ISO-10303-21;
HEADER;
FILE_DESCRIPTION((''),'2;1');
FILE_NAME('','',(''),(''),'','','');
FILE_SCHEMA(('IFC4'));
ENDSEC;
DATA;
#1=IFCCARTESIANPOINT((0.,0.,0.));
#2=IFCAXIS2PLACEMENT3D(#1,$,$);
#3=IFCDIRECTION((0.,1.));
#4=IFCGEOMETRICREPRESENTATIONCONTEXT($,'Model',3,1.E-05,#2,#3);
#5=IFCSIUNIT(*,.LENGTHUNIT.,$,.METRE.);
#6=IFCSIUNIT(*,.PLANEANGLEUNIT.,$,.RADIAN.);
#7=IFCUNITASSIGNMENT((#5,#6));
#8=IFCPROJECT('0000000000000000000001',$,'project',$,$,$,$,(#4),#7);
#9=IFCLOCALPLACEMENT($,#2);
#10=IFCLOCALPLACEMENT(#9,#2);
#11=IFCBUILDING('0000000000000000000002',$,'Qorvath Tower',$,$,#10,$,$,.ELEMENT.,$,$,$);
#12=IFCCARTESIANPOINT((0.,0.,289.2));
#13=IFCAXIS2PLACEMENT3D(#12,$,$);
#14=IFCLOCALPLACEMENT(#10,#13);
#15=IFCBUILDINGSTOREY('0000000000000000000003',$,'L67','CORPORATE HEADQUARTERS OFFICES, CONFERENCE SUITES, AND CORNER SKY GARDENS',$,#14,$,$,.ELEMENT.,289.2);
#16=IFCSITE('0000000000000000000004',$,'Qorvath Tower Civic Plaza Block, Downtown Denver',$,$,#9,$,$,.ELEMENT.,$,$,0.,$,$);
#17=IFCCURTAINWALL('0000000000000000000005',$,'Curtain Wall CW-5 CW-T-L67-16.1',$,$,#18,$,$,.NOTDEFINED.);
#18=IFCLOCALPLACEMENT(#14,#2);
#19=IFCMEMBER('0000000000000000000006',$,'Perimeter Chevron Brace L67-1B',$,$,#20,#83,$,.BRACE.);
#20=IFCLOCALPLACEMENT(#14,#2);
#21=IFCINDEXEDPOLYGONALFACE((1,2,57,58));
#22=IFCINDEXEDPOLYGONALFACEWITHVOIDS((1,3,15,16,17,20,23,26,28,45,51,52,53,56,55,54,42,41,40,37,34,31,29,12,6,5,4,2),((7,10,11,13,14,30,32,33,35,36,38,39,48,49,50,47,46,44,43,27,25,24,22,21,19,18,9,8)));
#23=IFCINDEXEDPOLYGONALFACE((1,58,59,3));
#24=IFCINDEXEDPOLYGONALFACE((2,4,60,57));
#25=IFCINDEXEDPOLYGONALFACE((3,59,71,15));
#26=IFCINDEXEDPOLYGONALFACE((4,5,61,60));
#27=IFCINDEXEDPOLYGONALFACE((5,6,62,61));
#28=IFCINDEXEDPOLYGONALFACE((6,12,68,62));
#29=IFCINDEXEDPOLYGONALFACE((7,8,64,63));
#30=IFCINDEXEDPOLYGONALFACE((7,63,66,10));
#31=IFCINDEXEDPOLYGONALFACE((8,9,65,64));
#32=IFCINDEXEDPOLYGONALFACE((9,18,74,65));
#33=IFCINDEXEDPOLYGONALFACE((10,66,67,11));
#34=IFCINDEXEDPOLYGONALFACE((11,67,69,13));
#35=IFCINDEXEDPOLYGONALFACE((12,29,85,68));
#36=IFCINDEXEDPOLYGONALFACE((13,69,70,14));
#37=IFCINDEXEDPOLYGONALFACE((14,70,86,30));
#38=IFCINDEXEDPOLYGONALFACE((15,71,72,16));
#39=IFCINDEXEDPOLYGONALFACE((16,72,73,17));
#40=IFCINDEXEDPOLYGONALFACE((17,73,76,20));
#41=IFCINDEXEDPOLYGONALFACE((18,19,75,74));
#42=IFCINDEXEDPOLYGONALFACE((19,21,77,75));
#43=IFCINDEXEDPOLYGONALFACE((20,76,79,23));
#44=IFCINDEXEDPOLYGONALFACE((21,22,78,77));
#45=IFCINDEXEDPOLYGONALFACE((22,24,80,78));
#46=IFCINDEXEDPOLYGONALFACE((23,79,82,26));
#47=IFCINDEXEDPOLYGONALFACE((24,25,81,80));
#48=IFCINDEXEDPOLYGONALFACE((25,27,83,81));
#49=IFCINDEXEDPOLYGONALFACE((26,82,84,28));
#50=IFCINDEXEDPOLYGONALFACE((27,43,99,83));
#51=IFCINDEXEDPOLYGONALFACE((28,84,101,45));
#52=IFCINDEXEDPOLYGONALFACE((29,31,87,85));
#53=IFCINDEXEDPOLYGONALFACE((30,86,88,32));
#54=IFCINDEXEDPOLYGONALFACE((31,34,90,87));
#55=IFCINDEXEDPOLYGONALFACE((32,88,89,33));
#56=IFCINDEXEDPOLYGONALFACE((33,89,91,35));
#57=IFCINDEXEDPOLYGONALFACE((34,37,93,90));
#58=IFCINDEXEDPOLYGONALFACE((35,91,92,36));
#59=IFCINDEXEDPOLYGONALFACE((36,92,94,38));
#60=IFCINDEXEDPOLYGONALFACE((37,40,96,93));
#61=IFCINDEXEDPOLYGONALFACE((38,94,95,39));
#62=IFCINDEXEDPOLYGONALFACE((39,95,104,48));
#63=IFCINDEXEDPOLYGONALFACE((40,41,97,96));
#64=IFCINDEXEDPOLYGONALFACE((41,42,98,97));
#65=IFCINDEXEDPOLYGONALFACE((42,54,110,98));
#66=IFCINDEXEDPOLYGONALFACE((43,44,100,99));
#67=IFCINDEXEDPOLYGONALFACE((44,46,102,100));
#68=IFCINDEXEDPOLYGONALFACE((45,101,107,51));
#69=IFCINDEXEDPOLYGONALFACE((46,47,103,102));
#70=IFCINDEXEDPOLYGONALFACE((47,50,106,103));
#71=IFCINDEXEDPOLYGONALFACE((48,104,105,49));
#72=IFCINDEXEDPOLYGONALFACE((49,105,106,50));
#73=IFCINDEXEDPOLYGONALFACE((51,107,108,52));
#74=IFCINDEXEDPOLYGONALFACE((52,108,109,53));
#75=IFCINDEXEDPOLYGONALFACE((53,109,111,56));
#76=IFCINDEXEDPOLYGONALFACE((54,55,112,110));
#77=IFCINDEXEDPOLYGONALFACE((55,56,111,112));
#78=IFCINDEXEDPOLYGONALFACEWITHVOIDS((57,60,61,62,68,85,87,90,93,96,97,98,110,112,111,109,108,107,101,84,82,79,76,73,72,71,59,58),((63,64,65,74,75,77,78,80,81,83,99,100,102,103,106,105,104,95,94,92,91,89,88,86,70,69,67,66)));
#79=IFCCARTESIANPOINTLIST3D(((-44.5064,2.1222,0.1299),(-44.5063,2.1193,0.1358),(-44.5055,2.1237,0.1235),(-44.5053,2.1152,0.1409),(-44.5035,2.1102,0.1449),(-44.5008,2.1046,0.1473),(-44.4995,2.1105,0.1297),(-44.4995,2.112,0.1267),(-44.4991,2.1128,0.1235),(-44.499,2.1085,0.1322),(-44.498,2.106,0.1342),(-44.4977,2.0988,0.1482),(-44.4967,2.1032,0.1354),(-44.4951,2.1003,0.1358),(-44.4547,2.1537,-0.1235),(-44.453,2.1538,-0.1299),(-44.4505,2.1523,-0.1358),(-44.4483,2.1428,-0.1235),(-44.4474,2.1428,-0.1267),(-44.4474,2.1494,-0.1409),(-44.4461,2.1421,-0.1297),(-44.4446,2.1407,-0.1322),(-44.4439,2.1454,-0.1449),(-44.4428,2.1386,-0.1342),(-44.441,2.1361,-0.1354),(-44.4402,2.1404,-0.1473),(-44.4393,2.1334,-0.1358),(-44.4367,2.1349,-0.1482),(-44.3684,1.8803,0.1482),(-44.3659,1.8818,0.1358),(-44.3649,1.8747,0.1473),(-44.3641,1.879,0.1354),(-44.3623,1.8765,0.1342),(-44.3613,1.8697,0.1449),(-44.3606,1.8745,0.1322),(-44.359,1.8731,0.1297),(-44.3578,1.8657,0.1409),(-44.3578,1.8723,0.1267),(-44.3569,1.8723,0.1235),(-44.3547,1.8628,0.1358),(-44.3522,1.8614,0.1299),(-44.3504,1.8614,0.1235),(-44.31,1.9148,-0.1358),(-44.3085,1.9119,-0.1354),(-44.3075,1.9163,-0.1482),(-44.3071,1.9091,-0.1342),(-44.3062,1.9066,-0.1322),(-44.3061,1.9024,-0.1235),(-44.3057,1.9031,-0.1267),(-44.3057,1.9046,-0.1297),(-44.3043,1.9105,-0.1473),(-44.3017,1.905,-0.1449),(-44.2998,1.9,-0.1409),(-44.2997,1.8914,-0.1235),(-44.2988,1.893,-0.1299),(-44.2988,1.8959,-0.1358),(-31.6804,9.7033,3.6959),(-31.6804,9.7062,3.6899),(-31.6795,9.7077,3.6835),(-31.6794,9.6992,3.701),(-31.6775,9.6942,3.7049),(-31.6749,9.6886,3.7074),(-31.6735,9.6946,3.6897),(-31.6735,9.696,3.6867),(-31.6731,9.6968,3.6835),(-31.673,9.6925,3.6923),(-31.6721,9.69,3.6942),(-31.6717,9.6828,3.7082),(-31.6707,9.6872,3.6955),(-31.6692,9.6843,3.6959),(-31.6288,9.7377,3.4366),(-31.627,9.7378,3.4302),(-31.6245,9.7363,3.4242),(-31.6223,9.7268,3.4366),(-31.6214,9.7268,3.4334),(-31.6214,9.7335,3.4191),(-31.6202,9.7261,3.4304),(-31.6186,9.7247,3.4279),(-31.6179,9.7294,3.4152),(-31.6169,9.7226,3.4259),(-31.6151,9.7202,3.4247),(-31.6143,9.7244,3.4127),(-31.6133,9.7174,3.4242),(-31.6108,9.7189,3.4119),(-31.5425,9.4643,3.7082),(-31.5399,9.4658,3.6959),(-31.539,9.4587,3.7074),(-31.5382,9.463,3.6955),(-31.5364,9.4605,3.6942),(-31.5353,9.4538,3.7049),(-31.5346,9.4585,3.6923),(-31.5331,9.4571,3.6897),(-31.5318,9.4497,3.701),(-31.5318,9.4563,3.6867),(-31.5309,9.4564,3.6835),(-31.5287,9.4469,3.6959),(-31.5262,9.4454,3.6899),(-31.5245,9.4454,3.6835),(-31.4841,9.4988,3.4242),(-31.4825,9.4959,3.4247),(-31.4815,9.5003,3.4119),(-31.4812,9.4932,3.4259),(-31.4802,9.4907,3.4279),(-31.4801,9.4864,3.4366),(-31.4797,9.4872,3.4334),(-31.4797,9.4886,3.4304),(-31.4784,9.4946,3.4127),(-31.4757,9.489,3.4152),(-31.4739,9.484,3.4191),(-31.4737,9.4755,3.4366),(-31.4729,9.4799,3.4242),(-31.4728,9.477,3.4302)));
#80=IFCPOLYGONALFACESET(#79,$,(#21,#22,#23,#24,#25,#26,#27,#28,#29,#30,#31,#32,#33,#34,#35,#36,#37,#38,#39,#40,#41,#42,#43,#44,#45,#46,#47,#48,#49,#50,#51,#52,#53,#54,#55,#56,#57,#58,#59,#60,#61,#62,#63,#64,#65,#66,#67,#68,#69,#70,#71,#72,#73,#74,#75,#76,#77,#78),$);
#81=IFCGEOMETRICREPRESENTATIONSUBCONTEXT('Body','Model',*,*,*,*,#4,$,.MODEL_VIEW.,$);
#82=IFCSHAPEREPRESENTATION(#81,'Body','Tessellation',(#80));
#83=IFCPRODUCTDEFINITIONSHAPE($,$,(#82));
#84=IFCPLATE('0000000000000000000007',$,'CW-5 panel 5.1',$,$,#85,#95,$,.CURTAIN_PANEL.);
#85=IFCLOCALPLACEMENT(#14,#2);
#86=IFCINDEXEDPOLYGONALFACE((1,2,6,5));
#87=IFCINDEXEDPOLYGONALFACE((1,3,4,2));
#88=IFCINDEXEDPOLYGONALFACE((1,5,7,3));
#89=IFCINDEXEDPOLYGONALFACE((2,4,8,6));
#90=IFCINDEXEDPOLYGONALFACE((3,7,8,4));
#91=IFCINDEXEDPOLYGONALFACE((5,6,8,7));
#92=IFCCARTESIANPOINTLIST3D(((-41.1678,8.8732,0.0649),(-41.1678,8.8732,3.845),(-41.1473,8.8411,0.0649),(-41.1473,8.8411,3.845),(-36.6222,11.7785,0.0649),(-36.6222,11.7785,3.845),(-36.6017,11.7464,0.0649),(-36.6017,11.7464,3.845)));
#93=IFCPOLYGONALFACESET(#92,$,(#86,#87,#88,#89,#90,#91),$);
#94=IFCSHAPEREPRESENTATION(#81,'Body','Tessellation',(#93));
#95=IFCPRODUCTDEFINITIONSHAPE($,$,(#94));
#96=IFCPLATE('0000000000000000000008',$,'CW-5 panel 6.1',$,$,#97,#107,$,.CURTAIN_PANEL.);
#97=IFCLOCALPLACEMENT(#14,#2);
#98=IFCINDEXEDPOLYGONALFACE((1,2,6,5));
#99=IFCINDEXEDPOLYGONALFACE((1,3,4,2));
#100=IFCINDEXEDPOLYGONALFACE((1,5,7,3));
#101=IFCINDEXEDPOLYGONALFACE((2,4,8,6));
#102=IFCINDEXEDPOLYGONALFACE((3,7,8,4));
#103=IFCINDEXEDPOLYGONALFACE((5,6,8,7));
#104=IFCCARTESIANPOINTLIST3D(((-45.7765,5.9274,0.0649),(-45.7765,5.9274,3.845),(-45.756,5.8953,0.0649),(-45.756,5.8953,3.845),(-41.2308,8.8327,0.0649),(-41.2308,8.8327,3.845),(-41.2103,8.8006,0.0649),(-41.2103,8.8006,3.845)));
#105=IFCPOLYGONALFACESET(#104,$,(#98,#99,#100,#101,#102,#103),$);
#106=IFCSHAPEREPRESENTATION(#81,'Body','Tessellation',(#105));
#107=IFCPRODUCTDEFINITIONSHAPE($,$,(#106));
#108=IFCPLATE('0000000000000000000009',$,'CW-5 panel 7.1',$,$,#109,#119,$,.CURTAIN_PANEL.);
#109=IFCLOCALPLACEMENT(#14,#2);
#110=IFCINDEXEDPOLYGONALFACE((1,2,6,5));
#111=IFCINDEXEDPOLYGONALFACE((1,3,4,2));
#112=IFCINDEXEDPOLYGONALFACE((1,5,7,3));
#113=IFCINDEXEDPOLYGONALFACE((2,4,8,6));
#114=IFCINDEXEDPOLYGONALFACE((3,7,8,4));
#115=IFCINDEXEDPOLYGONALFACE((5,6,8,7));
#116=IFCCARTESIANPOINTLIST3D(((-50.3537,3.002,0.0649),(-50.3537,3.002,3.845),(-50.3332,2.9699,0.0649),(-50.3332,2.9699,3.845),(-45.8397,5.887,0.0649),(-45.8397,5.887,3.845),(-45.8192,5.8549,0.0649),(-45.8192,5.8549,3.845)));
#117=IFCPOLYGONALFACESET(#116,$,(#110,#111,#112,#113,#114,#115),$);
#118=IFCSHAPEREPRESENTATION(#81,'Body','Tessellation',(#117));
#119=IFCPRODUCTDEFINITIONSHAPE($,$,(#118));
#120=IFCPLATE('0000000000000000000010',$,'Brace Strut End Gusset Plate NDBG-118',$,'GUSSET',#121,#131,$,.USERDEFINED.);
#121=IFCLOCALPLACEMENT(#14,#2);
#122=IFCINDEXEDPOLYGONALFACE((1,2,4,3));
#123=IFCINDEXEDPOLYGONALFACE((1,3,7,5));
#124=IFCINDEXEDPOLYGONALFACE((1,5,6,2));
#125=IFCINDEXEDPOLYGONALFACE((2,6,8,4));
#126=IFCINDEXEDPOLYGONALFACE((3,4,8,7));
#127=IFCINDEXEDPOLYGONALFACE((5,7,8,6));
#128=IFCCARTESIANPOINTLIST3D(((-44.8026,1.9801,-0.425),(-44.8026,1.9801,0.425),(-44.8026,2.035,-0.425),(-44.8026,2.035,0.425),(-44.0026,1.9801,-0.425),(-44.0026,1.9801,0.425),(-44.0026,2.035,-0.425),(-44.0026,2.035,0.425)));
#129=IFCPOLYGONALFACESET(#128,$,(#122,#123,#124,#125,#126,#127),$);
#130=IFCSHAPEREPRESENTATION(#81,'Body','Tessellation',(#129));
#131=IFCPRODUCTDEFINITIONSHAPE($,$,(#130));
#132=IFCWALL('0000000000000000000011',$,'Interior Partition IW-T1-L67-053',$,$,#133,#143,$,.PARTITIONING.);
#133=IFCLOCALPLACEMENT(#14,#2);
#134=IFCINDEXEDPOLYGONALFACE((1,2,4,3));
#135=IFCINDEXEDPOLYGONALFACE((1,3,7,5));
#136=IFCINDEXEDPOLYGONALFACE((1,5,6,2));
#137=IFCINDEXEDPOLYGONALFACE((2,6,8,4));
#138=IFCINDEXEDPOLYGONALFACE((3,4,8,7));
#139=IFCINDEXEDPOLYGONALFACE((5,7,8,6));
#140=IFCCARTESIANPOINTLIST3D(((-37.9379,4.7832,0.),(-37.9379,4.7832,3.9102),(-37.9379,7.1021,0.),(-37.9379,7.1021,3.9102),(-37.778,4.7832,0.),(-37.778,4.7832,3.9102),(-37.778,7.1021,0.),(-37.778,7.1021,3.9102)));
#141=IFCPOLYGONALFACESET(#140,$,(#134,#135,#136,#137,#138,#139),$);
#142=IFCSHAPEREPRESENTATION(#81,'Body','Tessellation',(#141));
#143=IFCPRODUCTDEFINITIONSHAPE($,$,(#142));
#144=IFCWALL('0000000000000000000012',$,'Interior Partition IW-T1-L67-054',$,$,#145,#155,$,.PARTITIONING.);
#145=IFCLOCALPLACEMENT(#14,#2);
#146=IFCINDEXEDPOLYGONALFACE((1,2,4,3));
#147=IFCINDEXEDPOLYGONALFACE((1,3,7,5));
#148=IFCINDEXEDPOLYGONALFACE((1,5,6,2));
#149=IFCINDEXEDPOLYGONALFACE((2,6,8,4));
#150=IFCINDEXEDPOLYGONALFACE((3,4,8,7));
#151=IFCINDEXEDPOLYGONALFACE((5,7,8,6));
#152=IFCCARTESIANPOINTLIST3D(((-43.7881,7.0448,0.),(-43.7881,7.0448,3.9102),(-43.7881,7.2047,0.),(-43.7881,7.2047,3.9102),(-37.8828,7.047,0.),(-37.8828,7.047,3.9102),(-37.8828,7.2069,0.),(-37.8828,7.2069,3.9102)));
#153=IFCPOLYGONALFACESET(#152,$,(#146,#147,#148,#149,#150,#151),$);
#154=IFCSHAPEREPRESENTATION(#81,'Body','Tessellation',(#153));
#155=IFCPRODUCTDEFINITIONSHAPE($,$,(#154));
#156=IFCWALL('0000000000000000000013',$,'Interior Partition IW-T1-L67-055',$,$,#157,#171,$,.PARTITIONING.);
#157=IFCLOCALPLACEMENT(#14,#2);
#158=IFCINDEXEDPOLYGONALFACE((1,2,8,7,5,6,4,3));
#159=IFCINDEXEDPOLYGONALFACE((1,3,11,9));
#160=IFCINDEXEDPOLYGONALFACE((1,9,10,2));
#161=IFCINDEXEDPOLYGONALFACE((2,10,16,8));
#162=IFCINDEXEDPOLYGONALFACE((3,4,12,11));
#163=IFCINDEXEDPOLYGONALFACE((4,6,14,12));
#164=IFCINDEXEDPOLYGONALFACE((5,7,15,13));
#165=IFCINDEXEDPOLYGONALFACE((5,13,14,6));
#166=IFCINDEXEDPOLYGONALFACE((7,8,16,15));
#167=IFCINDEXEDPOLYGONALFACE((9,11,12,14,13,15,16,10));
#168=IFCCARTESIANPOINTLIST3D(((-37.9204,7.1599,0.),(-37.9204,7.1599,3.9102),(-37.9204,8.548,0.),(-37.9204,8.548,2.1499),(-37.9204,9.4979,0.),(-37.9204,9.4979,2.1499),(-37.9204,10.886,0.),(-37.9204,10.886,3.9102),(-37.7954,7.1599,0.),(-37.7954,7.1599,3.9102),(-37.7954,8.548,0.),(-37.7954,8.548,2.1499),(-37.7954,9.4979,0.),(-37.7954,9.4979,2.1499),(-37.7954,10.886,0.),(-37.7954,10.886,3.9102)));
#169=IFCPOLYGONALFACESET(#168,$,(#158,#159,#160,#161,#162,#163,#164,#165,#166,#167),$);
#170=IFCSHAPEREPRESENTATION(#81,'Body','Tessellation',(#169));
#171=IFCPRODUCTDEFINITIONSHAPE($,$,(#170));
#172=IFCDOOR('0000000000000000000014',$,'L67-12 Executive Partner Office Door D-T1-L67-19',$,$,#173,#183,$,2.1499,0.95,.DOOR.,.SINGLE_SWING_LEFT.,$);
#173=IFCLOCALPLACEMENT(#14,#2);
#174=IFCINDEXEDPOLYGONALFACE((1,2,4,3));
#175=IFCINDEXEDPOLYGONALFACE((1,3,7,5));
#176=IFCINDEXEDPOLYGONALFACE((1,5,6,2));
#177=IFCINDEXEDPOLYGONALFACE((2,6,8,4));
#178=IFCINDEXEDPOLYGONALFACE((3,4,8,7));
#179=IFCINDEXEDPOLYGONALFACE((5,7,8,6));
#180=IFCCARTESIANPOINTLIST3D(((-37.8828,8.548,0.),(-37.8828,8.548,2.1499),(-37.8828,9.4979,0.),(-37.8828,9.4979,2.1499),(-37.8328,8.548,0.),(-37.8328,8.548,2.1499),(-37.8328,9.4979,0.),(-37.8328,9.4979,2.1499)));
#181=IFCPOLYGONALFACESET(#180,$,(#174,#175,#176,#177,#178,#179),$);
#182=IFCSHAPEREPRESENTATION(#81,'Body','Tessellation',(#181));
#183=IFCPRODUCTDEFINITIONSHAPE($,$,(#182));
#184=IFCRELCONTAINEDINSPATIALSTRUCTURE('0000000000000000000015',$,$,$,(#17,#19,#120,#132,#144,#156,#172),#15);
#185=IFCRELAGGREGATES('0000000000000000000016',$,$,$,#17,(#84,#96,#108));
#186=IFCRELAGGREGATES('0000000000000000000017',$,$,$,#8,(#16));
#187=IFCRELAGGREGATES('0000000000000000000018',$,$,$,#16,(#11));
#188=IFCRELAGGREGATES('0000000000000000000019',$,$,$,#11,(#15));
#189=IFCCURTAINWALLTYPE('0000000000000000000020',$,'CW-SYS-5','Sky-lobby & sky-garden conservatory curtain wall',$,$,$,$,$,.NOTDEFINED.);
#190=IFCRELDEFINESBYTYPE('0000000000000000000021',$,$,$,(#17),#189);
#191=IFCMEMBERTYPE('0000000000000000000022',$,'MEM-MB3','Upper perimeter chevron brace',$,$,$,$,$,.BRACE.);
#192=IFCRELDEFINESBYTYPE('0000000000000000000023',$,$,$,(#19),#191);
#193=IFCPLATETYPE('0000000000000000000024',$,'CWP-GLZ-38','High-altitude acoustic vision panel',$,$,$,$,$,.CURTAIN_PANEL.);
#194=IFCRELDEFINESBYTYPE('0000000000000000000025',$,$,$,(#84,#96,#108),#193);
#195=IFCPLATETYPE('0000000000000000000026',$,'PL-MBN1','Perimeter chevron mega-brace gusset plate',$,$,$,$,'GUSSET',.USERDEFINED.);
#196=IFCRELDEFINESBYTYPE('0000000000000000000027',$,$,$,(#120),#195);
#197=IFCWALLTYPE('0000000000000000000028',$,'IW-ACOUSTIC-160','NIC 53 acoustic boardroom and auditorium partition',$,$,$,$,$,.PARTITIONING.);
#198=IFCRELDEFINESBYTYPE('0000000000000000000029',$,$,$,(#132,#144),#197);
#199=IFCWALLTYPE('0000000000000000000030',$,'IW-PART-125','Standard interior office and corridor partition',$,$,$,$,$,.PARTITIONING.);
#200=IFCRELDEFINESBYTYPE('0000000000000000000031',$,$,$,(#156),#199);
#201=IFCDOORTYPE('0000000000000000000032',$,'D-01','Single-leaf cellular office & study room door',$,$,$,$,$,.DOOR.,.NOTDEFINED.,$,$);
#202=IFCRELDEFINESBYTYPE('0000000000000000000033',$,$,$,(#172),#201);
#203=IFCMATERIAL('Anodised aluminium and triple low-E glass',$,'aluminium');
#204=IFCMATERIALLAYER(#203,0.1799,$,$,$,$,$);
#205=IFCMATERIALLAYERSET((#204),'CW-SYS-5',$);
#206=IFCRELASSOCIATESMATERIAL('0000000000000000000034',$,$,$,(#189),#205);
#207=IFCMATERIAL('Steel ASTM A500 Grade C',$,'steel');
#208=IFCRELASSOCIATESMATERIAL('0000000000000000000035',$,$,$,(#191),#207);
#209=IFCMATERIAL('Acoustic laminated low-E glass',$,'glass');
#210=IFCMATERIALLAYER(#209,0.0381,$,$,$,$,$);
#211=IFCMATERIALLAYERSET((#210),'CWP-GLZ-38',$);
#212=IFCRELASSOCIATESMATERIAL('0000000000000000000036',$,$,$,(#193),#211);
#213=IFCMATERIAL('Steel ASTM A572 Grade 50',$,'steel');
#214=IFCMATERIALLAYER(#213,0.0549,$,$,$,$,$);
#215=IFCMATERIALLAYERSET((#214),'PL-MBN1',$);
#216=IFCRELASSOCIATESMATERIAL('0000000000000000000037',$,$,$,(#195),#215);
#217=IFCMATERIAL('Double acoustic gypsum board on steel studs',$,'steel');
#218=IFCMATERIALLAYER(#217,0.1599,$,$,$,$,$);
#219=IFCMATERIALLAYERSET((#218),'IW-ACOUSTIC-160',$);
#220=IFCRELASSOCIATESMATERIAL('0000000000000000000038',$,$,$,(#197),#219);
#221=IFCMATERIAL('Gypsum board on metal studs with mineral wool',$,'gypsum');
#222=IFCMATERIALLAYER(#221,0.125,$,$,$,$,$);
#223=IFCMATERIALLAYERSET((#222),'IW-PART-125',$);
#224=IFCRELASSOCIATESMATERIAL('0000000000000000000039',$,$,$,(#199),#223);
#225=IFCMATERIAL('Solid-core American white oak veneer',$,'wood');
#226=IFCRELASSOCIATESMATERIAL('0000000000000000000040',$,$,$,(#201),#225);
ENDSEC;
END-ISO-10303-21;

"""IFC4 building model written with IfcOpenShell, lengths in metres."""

from ifc_helpers import new_model, si_unit, direction, frame, frame_2d, origin, origin_2d, place, context, subcontext, project, spatial, rectangle, hollow_rectangle, extrude, material, layer, layer_set, material_profile, profile_set, type_object, element, fill, aggregate, save


model = new_model("IFC4")

# Units and contexts
model_context = context("Model", 3, precision=1e-05, world=origin(), true_north=direction((0.0, 1.0)))
body_context = subcontext(model_context, "Body", "Model", "MODEL_VIEW")
ifc_project = project(units=[si_unit("LENGTHUNIT", "METRE"), si_unit("PLANEANGLEUNIT", "RADIAN")], contexts=[model_context])

# Site, building, storey
site_placement = place(None, origin())
site = spatial("IfcSite", under=ifc_project, at=site_placement, Name="Qorvath Tower Civic Plaza Block, Downtown Denver", CompositionType="ELEMENT", RefElevation=0.0)
building_placement = place(site_placement, origin())
building = spatial("IfcBuilding", under=site, at=building_placement, Name="Qorvath Tower", CompositionType="ELEMENT")
storey_placement = place(building_placement, frame((0.0, 0.0, 289.2)))
storey = spatial("IfcBuildingStorey", under=building, at=storey_placement, Name="L67", Description="CORPORATE HEADQUARTERS OFFICES, CONFERENCE SUITES, AND CORNER SKY GARDENS", CompositionType="ELEMENT", Elevation=289.2)

# Curtain wall
ifc_material_1 = material(Name="Anodised aluminium and triple low-E glass", Category="aluminium")
ifc_layer_1 = layer(ifc_material_1, 0.1799)
ifc_layer_set_1 = layer_set([ifc_layer_1], Name="CW-SYS-5")
curtain_wall_type = type_object("IfcCurtainWallType", Name="CW-SYS-5", Description="Sky-lobby & sky-garden conservatory curtain wall", PredefinedType="NOTDEFINED", material=ifc_layer_set_1)
curtain_wall_placement = place(storey_placement, origin())
curtain_wall = element("IfcCurtainWall", 1, at=curtain_wall_placement, inside=storey, type_object=curtain_wall_type, Name="Curtain Wall CW-5 CW-T-L67-16.1", PredefinedType="NOTDEFINED")

# Member
ifc_material_2 = material(Name="Steel ASTM A500 Grade C", Category="steel")
ifc_material_profile_1 = material_profile(ifc_material_2, hollow_rectangle(XDim=0.3047, YDim=0.3047, WallThickness=0.0127, InnerFilletRadius=0.0127, OuterFilletRadius=0.0254, at=origin_2d()), Name="HSS 305x305x12.7")
ifc_profile_set_1 = profile_set([ifc_material_profile_1], Name="Steel ASTM A500 Grade C")
member_type_1 = type_object("IfcMemberType", Name="MEM-MB3", Description="Upper perimeter chevron brace", PredefinedType="BRACE", material=ifc_profile_set_1)
member_1_placement = place(storey_placement, frame((-44.4026, 2.0076, 0.0), z_axis=(0.837214, 0.495046, 0.232383), x_axis=(-0.508979, 0.860779, 0.0)))
element("IfcMember", 2, at=member_1_placement, inside=storey, type_object=member_type_1, Name="Perimeter Chevron Brace L67-1B", PredefinedType="BRACE", context=body_context, shape_type="SweptSolid", body=[
    extrude(hollow_rectangle(XDim=0.3047, YDim=0.3047, WallThickness=0.0127, InnerFilletRadius=0.0127, OuterFilletRadius=0.0254, at=origin_2d()), origin(), (0.0, 0.0, 1.0), 15.3198),
])

# Plates
ifc_material_3 = material(Name="Acoustic laminated low-E glass", Category="glass")
ifc_layer_2 = layer(ifc_material_3, 0.0381)
ifc_layer_set_2 = layer_set([ifc_layer_2], Name="CWP-GLZ-38")
plate_type_1 = type_object("IfcPlateType", Name="CWP-GLZ-38", Description="High-altitude acoustic vision panel", PredefinedType="CURTAIN_PANEL", material=ifc_layer_set_2)
plate_1_placement = place(storey_placement, frame((-38.8848, 10.3098, 0.0649), z_axis=(0.0, 0.0, 1.0), x_axis=(-0.842602, -0.538537, 0.0)))
plate_1 = element("IfcPlate", 3, at=plate_1_placement, type_object=plate_type_1, Name="CW-5 panel 5.1", PredefinedType="CURTAIN_PANEL", context=body_context, shape_type="SweptSolid", body=[
    extrude(rectangle(XDim=5.3948, YDim=0.0381, at=origin_2d()), origin(), (0.0, 0.0, 1.0), 3.78),
])
plate_2_placement = place(storey_placement, frame((-43.4934, 7.364, 0.0649), z_axis=(0.0, 0.0, 1.0), x_axis=(-0.842602, -0.538537, 0.0)))
plate_2 = element("IfcPlate", 4, at=plate_2_placement, type_object=plate_type_1, Name="CW-5 panel 6.1", PredefinedType="CURTAIN_PANEL", context=body_context, shape_type="SweptSolid", body=[
    extrude(rectangle(XDim=5.3948, YDim=0.0381, at=origin_2d()), origin(), (0.0, 0.0, 1.0), 3.78),
])
plate_3_placement = place(storey_placement, frame((-48.0864, 4.4285, 0.0649), z_axis=(0.0, 0.0, 1.0), x_axis=(-0.842602, -0.538537, 0.0)))
plate_3 = element("IfcPlate", 5, at=plate_3_placement, type_object=plate_type_1, Name="CW-5 panel 7.1", PredefinedType="CURTAIN_PANEL", context=body_context, shape_type="SweptSolid", body=[
    extrude(rectangle(XDim=5.3572, YDim=0.0381, at=origin_2d()), origin(), (0.0, 0.0, 1.0), 3.78),
])
aggregate(curtain_wall, [plate_1, plate_2, plate_3])
ifc_material_4 = material(Name="Steel ASTM A572 Grade 50", Category="steel")
ifc_layer_3 = layer(ifc_material_4, 0.0549)
ifc_layer_set_3 = layer_set([ifc_layer_3], Name="PL-MBN1")
plate_type_2 = type_object("IfcPlateType", Name="PL-MBN1", Description="Perimeter chevron mega-brace gusset plate", ElementType="GUSSET", PredefinedType="USERDEFINED", material=ifc_layer_set_3)
plate_4_placement = place(storey_placement, frame((-44.4026, 2.0076, -0.425), z_axis=(0.0, 0.0, 1.0), x_axis=(1.0, 0.0, 0.0)))
element("IfcPlate", 6, at=plate_4_placement, inside=storey, type_object=plate_type_2, Name="Brace Strut End Gusset Plate NDBG-118", ObjectType="GUSSET", PredefinedType="USERDEFINED", context=body_context, shape_type="SweptSolid", body=[
    extrude(rectangle(XDim=0.8, YDim=0.0549, at=origin_2d()), origin(), (0.0, 0.0, 1.0), 0.8501),
])

# Walls
ifc_material_5 = material(Name="Double acoustic gypsum board on steel studs", Category="steel")
ifc_layer_4 = layer(ifc_material_5, 0.1599)
ifc_layer_set_4 = layer_set([ifc_layer_4], Name="IW-ACOUSTIC-160")
wall_type_1 = type_object("IfcWallType", Name="IW-ACOUSTIC-160", Description="NIC 53 acoustic boardroom and auditorium partition", PredefinedType="PARTITIONING", material=ifc_layer_set_4)
wall_1_placement = place(storey_placement, frame((-37.8579, 4.7832, 0.0), z_axis=(0.0, 0.0, 1.0), x_axis=(0.0, 1.0, 0.0)))
element("IfcWall", 7, at=wall_1_placement, inside=storey, type_object=wall_type_1, Name="Interior Partition IW-T1-L67-053", PredefinedType="PARTITIONING", context=body_context, shape_type="SweptSolid", body=[
    extrude(rectangle(XDim=2.3188, YDim=0.1599, at=frame_2d((1.1594, 0.0))), origin(), (0.0, 0.0, 1.0), 3.9102),
])
wall_2_placement = place(storey_placement, frame((-37.8828, 7.127, 0.0), z_axis=(0.0, 0.0, 1.0), x_axis=(-1.0, -0.000372, 0.0)))
element("IfcWall", 8, at=wall_2_placement, inside=storey, type_object=wall_type_1, Name="Interior Partition IW-T1-L67-054", PredefinedType="PARTITIONING", context=body_context, shape_type="SweptSolid", body=[
    extrude(rectangle(XDim=5.9053, YDim=0.1599, at=frame_2d((2.9526, 0.0))), origin(), (0.0, 0.0, 1.0), 3.9102),
])

# Wall, opening, door
ifc_material_6 = material(Name="Gypsum board on metal studs with mineral wool", Category="gypsum")
ifc_layer_5 = layer(ifc_material_6, 0.125)
ifc_layer_set_5 = layer_set([ifc_layer_5], Name="IW-PART-125")
wall_type_2 = type_object("IfcWallType", Name="IW-PART-125", Description="Standard interior office and corridor partition", PredefinedType="PARTITIONING", material=ifc_layer_set_5)
wall_3_placement = place(storey_placement, frame((-37.8579, 7.1599, 0.0), z_axis=(0.0, 0.0, 1.0), x_axis=(0.0, 1.0, 0.0)))
wall_3 = element("IfcWall", 9, at=wall_3_placement, inside=storey, type_object=wall_type_2, Name="Interior Partition IW-T1-L67-055", PredefinedType="PARTITIONING", context=body_context, shape_type="SweptSolid", body=[
    extrude(rectangle(XDim=3.7261, YDim=0.125, at=frame_2d((1.863, 0.0))), origin(), (0.0, 0.0, 1.0), 3.9102),
])
opening_placement = place(wall_3_placement, frame((1.3879, 0.0, 0.0)))
opening = element("IfcOpeningElement", 10, at=opening_placement, cuts=wall_3, PredefinedType="OPENING", context=body_context, shape_type="SweptSolid", body=[
    extrude(rectangle(XDim=0.95, YDim=2.1499, at=frame_2d((0.4751, 1.075))), frame((0.0, 0.0725, 0.0), z_axis=(0.0, -1.0, 0.0), x_axis=(1.0, 0.0, 0.0)), (0.0, 0.0, 1.0), 0.145),
])
ifc_material_7 = material(Name="Solid-core American white oak veneer", Category="wood")
door_type = type_object("IfcDoorType", Name="D-01", Description="Single-leaf cellular office & study room door", OperationType="NOTDEFINED", PredefinedType="DOOR", material=ifc_material_7)
door_placement = place(opening_placement, origin())
door = element("IfcDoor", 11, at=door_placement, inside=storey, type_object=door_type, Name="L67-12 Executive Partner Office Door D-T1-L67-19", OperationType="SINGLE_SWING_LEFT", OverallHeight=2.1499, OverallWidth=0.95, PredefinedType="DOOR", context=body_context, shape_type="SweptSolid", body=[
    extrude(rectangle(XDim=0.95, YDim=2.1499, at=frame_2d((0.4751, 1.075))), frame((0.0, 0.0249, 0.0), z_axis=(0.0, -1.0, 0.0), x_axis=(1.0, 0.0, 0.0)), (0.0, 0.0, 1.0), 0.05),
])
fill(opening, door)

save(model, "model.ifc")
